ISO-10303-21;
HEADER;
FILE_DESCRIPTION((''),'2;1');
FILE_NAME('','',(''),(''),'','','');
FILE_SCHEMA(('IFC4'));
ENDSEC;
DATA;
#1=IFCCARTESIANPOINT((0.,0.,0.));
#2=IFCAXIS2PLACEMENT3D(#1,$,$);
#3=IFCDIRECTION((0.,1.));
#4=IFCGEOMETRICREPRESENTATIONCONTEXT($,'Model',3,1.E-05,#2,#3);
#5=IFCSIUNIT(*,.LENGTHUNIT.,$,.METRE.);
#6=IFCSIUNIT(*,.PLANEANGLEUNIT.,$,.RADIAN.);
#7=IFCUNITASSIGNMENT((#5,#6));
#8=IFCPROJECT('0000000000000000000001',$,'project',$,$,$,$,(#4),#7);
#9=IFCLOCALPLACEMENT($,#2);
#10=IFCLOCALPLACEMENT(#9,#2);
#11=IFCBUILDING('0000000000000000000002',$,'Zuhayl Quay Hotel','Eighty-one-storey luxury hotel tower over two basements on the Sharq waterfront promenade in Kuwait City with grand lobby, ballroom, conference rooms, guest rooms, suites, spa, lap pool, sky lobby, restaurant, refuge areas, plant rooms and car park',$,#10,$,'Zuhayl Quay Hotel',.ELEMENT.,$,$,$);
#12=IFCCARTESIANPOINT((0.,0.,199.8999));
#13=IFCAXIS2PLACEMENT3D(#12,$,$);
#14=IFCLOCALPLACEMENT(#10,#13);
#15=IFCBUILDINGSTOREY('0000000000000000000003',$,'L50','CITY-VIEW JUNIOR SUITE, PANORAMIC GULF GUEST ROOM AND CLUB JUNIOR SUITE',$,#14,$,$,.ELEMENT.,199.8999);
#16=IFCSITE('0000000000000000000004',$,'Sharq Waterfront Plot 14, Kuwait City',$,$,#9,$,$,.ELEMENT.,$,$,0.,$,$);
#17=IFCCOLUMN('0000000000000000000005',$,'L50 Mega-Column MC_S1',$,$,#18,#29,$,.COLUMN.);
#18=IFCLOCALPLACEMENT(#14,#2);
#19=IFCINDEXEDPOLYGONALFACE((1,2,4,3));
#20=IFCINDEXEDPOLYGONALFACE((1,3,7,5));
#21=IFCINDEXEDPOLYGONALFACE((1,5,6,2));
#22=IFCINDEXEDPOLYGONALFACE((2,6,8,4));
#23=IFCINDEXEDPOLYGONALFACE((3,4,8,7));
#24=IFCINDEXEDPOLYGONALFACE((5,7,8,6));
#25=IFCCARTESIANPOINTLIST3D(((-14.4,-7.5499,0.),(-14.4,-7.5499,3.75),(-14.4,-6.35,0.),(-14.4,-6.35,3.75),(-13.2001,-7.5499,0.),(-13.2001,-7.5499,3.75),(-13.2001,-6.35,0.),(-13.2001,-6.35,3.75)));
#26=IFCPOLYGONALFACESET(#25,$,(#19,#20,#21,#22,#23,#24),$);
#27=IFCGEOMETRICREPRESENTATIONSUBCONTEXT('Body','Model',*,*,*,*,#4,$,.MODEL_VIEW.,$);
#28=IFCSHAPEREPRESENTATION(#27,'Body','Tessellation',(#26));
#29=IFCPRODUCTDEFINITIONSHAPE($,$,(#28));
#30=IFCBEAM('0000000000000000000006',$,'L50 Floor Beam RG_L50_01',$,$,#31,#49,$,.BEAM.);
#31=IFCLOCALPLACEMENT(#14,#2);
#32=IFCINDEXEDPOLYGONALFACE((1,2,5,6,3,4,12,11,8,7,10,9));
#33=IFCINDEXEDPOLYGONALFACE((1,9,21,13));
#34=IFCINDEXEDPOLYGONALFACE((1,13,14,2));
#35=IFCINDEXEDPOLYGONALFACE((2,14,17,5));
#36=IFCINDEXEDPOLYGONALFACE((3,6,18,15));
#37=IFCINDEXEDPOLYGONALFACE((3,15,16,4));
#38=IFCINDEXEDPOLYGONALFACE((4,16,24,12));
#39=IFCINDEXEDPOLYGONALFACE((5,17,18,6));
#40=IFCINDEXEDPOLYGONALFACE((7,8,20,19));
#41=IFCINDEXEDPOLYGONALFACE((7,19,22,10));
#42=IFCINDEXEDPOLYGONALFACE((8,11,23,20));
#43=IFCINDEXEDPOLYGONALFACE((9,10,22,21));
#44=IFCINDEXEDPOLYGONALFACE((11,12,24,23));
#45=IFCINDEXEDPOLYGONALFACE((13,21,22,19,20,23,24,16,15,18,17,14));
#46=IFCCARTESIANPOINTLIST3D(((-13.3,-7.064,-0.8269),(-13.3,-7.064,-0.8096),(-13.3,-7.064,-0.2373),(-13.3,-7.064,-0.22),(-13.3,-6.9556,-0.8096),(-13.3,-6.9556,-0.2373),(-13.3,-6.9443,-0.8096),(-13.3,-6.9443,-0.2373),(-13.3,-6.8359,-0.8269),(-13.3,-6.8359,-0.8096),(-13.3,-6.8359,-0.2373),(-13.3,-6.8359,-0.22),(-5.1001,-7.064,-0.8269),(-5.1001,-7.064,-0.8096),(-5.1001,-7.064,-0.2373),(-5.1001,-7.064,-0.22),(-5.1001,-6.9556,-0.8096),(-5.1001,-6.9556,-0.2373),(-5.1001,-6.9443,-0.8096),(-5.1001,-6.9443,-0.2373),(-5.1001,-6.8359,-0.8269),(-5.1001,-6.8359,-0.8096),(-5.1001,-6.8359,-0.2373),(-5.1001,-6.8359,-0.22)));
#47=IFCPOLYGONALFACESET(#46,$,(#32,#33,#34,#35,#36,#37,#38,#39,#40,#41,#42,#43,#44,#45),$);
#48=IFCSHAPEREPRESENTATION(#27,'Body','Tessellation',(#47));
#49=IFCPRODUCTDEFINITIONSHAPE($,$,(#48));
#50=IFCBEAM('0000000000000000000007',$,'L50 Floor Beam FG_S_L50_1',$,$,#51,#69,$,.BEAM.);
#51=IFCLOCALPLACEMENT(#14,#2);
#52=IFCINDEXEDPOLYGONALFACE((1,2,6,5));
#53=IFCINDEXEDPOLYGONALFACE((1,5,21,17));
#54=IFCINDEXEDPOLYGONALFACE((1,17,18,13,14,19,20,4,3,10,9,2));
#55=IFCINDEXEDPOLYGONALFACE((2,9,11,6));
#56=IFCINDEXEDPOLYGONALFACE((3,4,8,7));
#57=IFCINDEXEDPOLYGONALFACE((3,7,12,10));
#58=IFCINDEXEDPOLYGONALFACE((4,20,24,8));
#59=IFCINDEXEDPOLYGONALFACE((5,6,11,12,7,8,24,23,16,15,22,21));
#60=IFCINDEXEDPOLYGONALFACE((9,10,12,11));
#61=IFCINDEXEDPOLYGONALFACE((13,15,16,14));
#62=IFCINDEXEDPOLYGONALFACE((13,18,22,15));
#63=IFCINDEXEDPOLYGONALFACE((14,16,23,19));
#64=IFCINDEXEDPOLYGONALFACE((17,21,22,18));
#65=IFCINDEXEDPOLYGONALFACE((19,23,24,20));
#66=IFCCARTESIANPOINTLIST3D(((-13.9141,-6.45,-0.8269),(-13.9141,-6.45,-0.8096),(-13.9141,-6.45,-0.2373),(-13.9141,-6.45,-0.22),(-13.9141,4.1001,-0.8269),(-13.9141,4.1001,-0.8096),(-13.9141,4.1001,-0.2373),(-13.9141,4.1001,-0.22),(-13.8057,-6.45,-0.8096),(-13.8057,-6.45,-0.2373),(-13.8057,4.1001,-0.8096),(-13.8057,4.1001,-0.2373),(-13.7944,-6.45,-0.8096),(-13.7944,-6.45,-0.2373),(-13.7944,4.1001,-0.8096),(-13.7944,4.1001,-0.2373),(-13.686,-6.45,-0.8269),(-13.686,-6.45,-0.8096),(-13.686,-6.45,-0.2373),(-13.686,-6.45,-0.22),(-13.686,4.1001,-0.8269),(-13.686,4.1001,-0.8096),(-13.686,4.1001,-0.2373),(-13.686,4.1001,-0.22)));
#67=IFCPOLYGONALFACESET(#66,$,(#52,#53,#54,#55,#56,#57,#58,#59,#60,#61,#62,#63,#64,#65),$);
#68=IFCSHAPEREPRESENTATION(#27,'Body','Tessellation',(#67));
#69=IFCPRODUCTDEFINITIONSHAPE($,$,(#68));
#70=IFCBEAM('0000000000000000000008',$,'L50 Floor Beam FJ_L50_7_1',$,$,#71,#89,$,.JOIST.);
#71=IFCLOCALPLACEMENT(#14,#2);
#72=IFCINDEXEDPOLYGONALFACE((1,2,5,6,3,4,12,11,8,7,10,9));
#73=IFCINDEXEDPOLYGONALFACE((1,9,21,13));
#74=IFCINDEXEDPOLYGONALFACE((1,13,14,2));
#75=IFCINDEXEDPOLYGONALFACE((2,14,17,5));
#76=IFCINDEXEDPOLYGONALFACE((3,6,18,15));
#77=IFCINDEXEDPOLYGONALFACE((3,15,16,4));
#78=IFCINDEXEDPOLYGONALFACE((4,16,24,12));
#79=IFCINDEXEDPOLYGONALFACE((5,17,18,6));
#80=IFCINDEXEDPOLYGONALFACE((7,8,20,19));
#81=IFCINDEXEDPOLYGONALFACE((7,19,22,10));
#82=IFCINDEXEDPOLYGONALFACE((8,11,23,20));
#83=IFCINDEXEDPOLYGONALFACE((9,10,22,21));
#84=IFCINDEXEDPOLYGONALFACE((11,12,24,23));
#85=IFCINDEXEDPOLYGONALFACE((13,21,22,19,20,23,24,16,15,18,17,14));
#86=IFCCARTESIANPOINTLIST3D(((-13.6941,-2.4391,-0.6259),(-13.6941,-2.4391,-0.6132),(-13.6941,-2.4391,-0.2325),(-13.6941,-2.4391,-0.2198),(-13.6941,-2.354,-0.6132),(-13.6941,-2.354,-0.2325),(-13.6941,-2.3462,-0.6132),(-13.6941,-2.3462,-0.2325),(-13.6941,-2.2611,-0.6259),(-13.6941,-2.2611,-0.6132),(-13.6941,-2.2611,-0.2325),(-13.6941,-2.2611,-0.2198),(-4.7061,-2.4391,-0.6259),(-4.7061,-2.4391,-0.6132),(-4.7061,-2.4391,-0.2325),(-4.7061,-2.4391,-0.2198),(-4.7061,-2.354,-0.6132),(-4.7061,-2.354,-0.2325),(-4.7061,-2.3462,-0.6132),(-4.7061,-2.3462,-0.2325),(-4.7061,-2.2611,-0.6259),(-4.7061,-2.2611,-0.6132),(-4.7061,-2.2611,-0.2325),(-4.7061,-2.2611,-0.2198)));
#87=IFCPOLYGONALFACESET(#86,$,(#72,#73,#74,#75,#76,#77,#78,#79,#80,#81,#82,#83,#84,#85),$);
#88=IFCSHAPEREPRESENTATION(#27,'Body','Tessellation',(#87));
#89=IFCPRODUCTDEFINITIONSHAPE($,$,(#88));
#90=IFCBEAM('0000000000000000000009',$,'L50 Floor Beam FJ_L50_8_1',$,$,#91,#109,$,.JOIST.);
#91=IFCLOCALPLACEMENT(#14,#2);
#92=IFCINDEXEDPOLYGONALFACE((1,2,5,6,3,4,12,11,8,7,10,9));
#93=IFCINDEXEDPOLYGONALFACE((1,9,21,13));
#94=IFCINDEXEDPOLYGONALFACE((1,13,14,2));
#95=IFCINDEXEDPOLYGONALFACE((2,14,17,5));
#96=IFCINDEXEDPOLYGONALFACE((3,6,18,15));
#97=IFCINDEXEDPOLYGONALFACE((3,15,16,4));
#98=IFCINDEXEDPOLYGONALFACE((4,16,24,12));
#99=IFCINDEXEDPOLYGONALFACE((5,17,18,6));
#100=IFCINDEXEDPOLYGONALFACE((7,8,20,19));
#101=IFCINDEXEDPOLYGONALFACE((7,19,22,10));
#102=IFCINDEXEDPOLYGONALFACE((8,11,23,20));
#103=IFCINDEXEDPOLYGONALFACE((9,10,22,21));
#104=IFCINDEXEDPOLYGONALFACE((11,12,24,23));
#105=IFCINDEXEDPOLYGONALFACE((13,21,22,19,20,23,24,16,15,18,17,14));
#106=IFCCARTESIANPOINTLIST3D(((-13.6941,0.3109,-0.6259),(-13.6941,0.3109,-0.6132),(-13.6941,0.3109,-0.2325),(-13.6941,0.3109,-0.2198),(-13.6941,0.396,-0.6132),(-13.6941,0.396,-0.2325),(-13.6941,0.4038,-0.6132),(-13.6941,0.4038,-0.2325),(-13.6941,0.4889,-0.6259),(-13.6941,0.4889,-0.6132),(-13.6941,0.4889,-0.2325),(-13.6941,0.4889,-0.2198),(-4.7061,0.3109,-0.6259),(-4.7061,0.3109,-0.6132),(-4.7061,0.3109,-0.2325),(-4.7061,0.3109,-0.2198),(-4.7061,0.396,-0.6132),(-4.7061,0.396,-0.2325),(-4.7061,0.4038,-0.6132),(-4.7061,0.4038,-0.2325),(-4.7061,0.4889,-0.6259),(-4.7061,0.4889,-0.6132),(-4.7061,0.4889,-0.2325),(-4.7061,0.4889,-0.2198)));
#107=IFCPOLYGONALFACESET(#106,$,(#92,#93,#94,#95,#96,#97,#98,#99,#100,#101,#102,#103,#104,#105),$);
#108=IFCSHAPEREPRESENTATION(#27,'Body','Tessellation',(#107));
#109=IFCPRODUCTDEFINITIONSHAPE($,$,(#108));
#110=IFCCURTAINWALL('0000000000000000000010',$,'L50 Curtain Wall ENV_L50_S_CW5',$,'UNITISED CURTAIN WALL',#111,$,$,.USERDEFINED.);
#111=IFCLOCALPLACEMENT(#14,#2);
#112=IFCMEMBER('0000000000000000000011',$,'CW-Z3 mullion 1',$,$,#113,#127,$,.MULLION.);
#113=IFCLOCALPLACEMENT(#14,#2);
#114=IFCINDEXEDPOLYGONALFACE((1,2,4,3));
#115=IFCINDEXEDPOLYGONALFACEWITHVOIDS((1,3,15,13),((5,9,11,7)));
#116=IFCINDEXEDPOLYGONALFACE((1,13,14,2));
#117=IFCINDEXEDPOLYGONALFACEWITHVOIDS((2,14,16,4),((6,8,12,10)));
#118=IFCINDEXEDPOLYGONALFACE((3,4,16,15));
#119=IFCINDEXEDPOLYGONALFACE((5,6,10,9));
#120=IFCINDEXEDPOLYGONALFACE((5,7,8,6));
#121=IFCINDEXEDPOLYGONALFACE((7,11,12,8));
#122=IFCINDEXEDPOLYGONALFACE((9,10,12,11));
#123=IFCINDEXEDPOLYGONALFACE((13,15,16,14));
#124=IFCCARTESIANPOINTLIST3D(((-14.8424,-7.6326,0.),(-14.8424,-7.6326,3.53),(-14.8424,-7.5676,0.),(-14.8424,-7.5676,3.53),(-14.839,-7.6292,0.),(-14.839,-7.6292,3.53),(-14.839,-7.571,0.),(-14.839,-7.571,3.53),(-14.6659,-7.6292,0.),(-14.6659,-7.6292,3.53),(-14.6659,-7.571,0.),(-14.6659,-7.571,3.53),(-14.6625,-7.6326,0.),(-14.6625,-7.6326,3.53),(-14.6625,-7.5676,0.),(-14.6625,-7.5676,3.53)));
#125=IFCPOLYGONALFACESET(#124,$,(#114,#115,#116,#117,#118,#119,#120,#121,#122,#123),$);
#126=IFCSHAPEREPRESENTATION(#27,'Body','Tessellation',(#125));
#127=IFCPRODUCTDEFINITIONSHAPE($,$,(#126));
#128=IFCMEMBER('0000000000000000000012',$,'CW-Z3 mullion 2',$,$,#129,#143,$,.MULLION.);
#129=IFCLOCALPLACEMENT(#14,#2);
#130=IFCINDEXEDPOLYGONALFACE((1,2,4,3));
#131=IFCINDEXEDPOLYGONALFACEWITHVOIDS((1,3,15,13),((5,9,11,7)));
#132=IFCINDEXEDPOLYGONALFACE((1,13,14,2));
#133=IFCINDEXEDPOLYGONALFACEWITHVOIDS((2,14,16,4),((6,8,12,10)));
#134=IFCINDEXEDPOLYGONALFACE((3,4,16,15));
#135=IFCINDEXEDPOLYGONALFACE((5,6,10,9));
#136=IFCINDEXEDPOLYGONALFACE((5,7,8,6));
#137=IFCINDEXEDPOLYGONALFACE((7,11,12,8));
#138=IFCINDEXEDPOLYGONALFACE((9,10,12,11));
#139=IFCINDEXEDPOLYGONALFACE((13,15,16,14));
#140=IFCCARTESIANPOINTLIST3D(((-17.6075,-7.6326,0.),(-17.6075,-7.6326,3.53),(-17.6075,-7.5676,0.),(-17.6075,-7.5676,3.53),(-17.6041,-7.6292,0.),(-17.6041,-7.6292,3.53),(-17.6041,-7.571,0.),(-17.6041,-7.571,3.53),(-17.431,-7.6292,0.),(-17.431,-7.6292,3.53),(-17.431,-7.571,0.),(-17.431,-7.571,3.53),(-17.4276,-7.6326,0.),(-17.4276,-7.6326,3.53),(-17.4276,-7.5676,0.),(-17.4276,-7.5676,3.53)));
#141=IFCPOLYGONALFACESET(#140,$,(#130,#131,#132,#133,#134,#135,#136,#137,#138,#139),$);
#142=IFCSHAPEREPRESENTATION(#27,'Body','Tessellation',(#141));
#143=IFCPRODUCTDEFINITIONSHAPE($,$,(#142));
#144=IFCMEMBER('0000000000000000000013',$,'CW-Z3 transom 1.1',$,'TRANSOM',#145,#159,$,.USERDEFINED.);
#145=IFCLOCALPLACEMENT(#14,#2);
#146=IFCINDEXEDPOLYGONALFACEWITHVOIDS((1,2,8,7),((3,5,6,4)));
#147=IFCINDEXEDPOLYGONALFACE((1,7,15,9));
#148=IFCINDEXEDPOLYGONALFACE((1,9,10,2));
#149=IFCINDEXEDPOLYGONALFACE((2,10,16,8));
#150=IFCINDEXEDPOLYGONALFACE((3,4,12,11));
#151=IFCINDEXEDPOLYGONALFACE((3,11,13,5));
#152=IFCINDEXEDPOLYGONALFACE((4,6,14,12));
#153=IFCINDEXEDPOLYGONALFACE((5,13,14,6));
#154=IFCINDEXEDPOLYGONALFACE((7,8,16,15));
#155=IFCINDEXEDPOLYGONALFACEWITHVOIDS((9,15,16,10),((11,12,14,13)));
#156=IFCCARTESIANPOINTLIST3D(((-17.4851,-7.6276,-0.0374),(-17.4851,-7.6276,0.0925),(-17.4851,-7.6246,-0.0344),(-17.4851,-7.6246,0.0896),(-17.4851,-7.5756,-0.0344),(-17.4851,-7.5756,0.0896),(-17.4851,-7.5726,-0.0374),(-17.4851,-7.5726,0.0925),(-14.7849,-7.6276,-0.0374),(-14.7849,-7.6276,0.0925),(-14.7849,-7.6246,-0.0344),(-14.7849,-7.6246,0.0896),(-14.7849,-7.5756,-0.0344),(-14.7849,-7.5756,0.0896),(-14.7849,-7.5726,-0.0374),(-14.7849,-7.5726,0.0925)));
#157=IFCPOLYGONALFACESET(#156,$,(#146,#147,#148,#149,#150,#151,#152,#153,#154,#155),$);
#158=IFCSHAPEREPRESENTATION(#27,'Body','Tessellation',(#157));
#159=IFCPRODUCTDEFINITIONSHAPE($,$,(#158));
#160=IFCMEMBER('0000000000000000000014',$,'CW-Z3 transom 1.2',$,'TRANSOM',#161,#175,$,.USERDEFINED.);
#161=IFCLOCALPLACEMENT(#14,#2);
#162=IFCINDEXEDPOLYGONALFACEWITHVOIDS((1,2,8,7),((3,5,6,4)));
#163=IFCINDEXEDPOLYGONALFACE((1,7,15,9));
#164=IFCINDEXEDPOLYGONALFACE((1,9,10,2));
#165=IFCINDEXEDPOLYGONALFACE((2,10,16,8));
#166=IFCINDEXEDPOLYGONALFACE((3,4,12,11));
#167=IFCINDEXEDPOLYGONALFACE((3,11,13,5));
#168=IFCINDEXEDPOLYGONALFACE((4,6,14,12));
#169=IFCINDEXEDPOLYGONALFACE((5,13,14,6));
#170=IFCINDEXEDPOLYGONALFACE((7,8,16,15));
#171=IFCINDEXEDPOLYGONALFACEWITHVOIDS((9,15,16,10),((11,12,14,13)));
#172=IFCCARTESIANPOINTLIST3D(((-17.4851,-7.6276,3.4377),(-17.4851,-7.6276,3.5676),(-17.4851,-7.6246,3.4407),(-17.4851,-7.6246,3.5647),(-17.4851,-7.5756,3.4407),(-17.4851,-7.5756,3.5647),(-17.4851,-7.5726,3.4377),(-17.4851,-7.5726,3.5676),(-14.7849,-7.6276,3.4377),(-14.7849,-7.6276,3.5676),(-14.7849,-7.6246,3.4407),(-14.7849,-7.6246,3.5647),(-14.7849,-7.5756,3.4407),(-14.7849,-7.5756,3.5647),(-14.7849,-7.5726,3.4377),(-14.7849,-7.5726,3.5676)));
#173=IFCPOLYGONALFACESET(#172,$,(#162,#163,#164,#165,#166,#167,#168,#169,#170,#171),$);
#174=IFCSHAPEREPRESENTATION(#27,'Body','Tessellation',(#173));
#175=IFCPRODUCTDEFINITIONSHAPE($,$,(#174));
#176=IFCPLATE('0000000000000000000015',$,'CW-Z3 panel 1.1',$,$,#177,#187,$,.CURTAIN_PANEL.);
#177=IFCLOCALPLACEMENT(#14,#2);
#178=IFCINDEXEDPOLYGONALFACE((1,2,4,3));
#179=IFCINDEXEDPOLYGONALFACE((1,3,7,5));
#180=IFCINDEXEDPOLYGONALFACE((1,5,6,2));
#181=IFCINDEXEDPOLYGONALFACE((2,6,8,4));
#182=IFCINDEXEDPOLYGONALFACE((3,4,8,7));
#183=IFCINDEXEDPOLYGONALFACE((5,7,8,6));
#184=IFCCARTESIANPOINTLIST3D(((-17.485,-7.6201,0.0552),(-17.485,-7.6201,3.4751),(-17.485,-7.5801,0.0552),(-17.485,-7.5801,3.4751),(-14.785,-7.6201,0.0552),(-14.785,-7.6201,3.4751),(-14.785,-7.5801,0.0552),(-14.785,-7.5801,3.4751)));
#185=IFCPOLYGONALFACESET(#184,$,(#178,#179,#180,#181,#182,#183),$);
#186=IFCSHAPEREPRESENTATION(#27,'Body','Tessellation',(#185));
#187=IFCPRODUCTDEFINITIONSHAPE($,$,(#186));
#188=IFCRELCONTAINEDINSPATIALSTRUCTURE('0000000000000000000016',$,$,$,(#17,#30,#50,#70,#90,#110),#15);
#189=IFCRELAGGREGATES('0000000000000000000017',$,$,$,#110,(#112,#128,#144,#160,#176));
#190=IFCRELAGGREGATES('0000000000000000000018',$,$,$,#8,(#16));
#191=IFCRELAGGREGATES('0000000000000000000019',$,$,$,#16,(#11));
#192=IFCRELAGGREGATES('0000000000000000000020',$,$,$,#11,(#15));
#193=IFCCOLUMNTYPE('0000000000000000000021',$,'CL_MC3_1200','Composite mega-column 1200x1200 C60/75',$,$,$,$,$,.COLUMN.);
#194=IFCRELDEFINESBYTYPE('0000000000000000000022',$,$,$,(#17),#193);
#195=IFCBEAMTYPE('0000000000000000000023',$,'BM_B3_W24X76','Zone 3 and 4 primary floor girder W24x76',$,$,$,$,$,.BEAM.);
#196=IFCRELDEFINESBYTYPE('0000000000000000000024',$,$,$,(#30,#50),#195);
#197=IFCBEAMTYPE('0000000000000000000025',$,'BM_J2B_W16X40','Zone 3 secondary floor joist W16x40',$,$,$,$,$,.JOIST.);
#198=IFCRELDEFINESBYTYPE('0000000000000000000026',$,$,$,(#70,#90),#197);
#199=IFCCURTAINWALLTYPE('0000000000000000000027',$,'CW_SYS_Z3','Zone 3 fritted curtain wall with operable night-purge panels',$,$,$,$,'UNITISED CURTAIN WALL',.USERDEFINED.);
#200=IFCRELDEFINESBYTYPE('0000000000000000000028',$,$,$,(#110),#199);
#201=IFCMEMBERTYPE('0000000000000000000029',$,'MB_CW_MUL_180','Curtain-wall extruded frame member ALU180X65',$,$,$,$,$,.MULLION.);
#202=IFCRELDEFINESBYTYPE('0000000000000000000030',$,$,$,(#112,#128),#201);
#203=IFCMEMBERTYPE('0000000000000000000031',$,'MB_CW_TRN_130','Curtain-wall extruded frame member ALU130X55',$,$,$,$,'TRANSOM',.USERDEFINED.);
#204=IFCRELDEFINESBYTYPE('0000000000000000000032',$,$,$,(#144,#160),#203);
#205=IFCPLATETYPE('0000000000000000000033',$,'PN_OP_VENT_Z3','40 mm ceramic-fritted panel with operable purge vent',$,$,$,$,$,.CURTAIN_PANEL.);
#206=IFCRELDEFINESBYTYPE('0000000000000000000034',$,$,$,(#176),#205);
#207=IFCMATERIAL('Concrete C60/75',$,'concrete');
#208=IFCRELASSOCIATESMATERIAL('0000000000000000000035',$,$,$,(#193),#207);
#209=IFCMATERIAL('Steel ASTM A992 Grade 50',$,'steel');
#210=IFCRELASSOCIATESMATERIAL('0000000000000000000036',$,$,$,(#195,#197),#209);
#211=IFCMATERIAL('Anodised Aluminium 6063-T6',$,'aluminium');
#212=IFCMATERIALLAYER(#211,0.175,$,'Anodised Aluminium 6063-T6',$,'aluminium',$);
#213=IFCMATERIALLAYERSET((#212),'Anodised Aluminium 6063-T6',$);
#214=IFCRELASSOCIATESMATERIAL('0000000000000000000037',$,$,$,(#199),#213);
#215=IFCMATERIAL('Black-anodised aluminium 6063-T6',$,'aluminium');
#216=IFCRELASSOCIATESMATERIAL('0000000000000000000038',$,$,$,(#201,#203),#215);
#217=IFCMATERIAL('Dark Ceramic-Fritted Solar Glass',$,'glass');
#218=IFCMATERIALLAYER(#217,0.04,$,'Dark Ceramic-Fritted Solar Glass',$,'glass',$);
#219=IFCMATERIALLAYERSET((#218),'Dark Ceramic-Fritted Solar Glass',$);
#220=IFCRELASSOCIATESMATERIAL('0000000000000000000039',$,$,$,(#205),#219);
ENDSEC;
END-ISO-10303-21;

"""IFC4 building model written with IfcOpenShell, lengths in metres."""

from ifc_helpers import new_model, si_unit, direction, frame, origin, origin_2d, place, context, subcontext, project, spatial, rectangle, hollow_rectangle, i_section, extrude, material, layer, layer_set, material_profile, profile_set, type_object, element, aggregate, save


model = new_model("IFC4")

# Units and contexts
model_context = context("Model", 3, precision=1e-05, world=origin(), true_north=direction((0.0, 1.0)))
body_context = subcontext(model_context, "Body", "Model", "MODEL_VIEW")
ifc_project = project(units=[si_unit("LENGTHUNIT", "METRE"), si_unit("PLANEANGLEUNIT", "RADIAN")], contexts=[model_context])

# Site, building, storey
site_placement = place(None, origin())
site = spatial("IfcSite", under=ifc_project, at=site_placement, Name="Sharq Waterfront Plot 14, Kuwait City", CompositionType="ELEMENT", RefElevation=0.0)
building_placement = place(site_placement, origin())
building = spatial("IfcBuilding", under=site, at=building_placement, Name="Zuhayl Quay Hotel", Description="Eighty-one-storey luxury hotel tower over two basements on the Sharq waterfront promenade in Kuwait City with grand lobby, ballroom, conference rooms, guest rooms, suites, spa, lap pool, sky lobby, restaurant, refuge areas, plant rooms and car park", LongName="Zuhayl Quay Hotel", CompositionType="ELEMENT")
storey_placement = place(building_placement, frame((0.0, 0.0, 199.8999)))
storey = spatial("IfcBuildingStorey", under=building, at=storey_placement, Name="L50", Description="CITY-VIEW JUNIOR SUITE, PANORAMIC GULF GUEST ROOM AND CLUB JUNIOR SUITE", CompositionType="ELEMENT", Elevation=199.8999)

# Column
ifc_material_1 = material(Name="Concrete C60/75", Category="concrete")
ifc_material_profile_1 = material_profile(ifc_material_1, rectangle(XDim=1.2, YDim=1.2, at=origin_2d()), Name="RC1200X1200")
ifc_profile_set_1 = profile_set([ifc_material_profile_1], Name="Concrete C60/75")
column_type = type_object("IfcColumnType", Name="CL_MC3_1200", Description="Composite mega-column 1200x1200 C60/75", PredefinedType="COLUMN", material=ifc_profile_set_1)
column_placement = place(storey_placement, frame((-13.8, -6.95, 0.0), z_axis=(0.0, 0.0, 1.0), x_axis=(1.0, 0.0, 0.0)))
element("IfcColumn", 1, at=column_placement, inside=storey, type_object=column_type, Name="L50 Mega-Column MC_S1", PredefinedType="COLUMN", context=body_context, shape_type="SweptSolid", body=[
    extrude(rectangle(XDim=1.2, YDim=1.2, at=origin_2d()), origin(), (0.0, 0.0, 1.0), 3.75),
])

# Beams
ifc_material_2 = material(Name="Steel ASTM A992 Grade 50", Category="steel")
ifc_material_profile_2 = material_profile(ifc_material_2, i_section(OverallWidth=0.228, OverallDepth=0.6069, WebThickness=0.0112, FlangeThickness=0.0173, at=origin_2d()), Name="W24X76")
ifc_profile_set_2 = profile_set([ifc_material_profile_2], Name="Steel ASTM A992 Grade 50")
beam_type_1 = type_object("IfcBeamType", Name="BM_B3_W24X76", Description="Zone 3 and 4 primary floor girder W24x76", PredefinedType="BEAM", material=ifc_profile_set_2)
beam_1_placement = place(storey_placement, frame((-13.3, -6.95, -0.5234), z_axis=(1.0, 0.0, 0.0), x_axis=(0.0, 1.0, 0.0)))
element("IfcBeam", 2, at=beam_1_placement, inside=storey, type_object=beam_type_1, Name="L50 Floor Beam RG_L50_01", PredefinedType="BEAM", context=body_context, shape_type="SweptSolid", body=[
    extrude(i_section(OverallWidth=0.228, OverallDepth=0.6069, WebThickness=0.0112, FlangeThickness=0.0173, at=origin_2d()), origin(), (0.0, 0.0, 1.0), 8.2),
])
beam_2_placement = place(storey_placement, frame((-13.8, -6.45, -0.5234), z_axis=(0.0, 1.0, 0.0), x_axis=(-1.0, 0.0, 0.0)))
element("IfcBeam", 3, at=beam_2_placement, inside=storey, type_object=beam_type_1, Name="L50 Floor Beam FG_S_L50_1", PredefinedType="BEAM", context=body_context, shape_type="SweptSolid", body=[
    extrude(i_section(OverallWidth=0.228, OverallDepth=0.6069, WebThickness=0.0112, FlangeThickness=0.0173, at=origin_2d()), origin(), (0.0, 0.0, 1.0), 10.55),
])
ifc_material_profile_3 = material_profile(ifc_material_2, i_section(OverallWidth=0.178, OverallDepth=0.406, WebThickness=0.0078, FlangeThickness=0.0127, at=origin_2d()), Name="W16X40")
ifc_profile_set_3 = profile_set([ifc_material_profile_3], Name="Steel ASTM A992 Grade 50")
beam_type_2 = type_object("IfcBeamType", Name="BM_J2B_W16X40", Description="Zone 3 secondary floor joist W16x40", PredefinedType="JOIST", material=ifc_profile_set_3)
for number, where, z_axis, x_axis, name in (
    (4, (-13.6941, -2.3501, -0.4229), (1.0, 0.0, 0.0), (0.0, 1.0, 0.0), "L50 Floor Beam FJ_L50_7_1"),
    (5, (-13.6941, 0.3999, -0.4229), (1.0, 0.0, 0.0), (0.0, 1.0, 0.0), "L50 Floor Beam FJ_L50_8_1"),
):
    element("IfcBeam", number, at=place(storey_placement, frame(where, z_axis=z_axis, x_axis=x_axis)), inside=storey, type_object=beam_type_2, Name=name, PredefinedType="JOIST", context=body_context, shape_type="SweptSolid", body=[
        extrude(i_section(OverallWidth=0.178, OverallDepth=0.406, WebThickness=0.0078, FlangeThickness=0.0127, at=origin_2d()), origin(), (0.0, 0.0, 1.0), 8.988),
    ])

# Curtain wall, members, plate
ifc_material_3 = material(Name="Anodised Aluminium 6063-T6", Category="aluminium")
ifc_layer_1 = layer(ifc_material_3, 0.175, Name="Anodised Aluminium 6063-T6", Category="aluminium")
ifc_layer_set_1 = layer_set([ifc_layer_1], Name="Anodised Aluminium 6063-T6")
curtain_wall_type = type_object("IfcCurtainWallType", Name="CW_SYS_Z3", Description="Zone 3 fritted curtain wall with operable night-purge panels", ElementType="UNITISED CURTAIN WALL", PredefinedType="USERDEFINED", material=ifc_layer_set_1)
curtain_wall_placement = place(storey_placement, origin())
curtain_wall = element("IfcCurtainWall", 6, at=curtain_wall_placement, inside=storey, type_object=curtain_wall_type, Name="L50 Curtain Wall ENV_L50_S_CW5", ObjectType="UNITISED CURTAIN WALL", PredefinedType="USERDEFINED")
ifc_material_4 = material(Name="Black-anodised aluminium 6063-T6", Category="aluminium")
ifc_material_profile_4 = material_profile(ifc_material_4, hollow_rectangle(XDim=0.0649, YDim=0.1799, WallThickness=0.0034, at=origin_2d()), Name="ALU180X65")
ifc_profile_set_4 = profile_set([ifc_material_profile_4], Name="Black-anodised aluminium 6063-T6")
member_type_1 = type_object("IfcMemberType", Name="MB_CW_MUL_180", Description="Curtain-wall extruded frame member ALU180X65", PredefinedType="MULLION", material=ifc_profile_set_4)
member_1_placement = place(storey_placement, frame((-14.7524, -7.6001, 0.0), z_axis=(0.0, 0.0, 1.0), x_axis=(0.0, -1.0, 0.0)))
member_1 = element("IfcMember", 7, at=member_1_placement, type_object=member_type_1, Name="CW-Z3 mullion 1", PredefinedType="MULLION", context=body_context, shape_type="SweptSolid", body=[
    extrude(hollow_rectangle(XDim=0.0649, YDim=0.1799, WallThickness=0.0034, at=origin_2d()), origin(), (0.0, 0.0, 1.0), 3.53),
])
member_2_placement = place(storey_placement, frame((-17.5176, -7.6001, 0.0), z_axis=(0.0, 0.0, 1.0), x_axis=(0.0, -1.0, 0.0)))
member_2 = element("IfcMember", 8, at=member_2_placement, type_object=member_type_1, Name="CW-Z3 mullion 2", PredefinedType="MULLION", context=body_context, shape_type="SweptSolid", body=[
    extrude(hollow_rectangle(XDim=0.0649, YDim=0.1799, WallThickness=0.0034, at=origin_2d()), origin(), (0.0, 0.0, 1.0), 3.53),
])
ifc_material_profile_5 = material_profile(ifc_material_4, hollow_rectangle(XDim=0.0549, YDim=0.1299, WallThickness=0.0029, at=origin_2d()), Name="ALU130X55")
ifc_profile_set_5 = profile_set([ifc_material_profile_5], Name="Black-anodised aluminium 6063-T6")
member_type_2 = type_object("IfcMemberType", Name="MB_CW_TRN_130", Description="Curtain-wall extruded frame member ALU130X55", ElementType="TRANSOM", PredefinedType="USERDEFINED", material=ifc_profile_set_5)
member_3_placement = place(storey_placement, frame((-14.7849, -7.6001, 0.0276), z_axis=(-1.0, 0.0, 0.0), x_axis=(0.0, -1.0, 0.0)))
member_3 = element("IfcMember", 9, at=member_3_placement, type_object=member_type_2, Name="CW-Z3 transom 1.1", ObjectType="TRANSOM", PredefinedType="USERDEFINED", context=body_context, shape_type="SweptSolid", body=[
    extrude(hollow_rectangle(XDim=0.0549, YDim=0.1299, WallThickness=0.0029, at=origin_2d()), origin(), (0.0, 0.0, 1.0), 2.7002),
])
member_4_placement = place(storey_placement, frame((-14.7849, -7.6001, 3.5027), z_axis=(-1.0, 0.0, 0.0), x_axis=(0.0, -1.0, 0.0)))
member_4 = element("IfcMember", 10, at=member_4_placement, type_object=member_type_2, Name="CW-Z3 transom 1.2", ObjectType="TRANSOM", PredefinedType="USERDEFINED", context=body_context, shape_type="SweptSolid", body=[
    extrude(hollow_rectangle(XDim=0.0549, YDim=0.1299, WallThickness=0.0029, at=origin_2d()), origin(), (0.0, 0.0, 1.0), 2.7002),
])
ifc_material_5 = material(Name="Dark Ceramic-Fritted Solar Glass", Category="glass")
ifc_layer_2 = layer(ifc_material_5, 0.04, Name="Dark Ceramic-Fritted Solar Glass", Category="glass")
ifc_layer_set_2 = layer_set([ifc_layer_2], Name="Dark Ceramic-Fritted Solar Glass")
plate_type = type_object("IfcPlateType", Name="PN_OP_VENT_Z3", Description="40 mm ceramic-fritted panel with operable purge vent", PredefinedType="CURTAIN_PANEL", material=ifc_layer_set_2)
plate_placement = place(storey_placement, frame((-16.135, -7.6001, 0.0552), z_axis=(0.0, 0.0, 1.0), x_axis=(-1.0, 0.0, 0.0)))
plate = element("IfcPlate", 11, at=plate_placement, type_object=plate_type, Name="CW-Z3 panel 1.1", PredefinedType="CURTAIN_PANEL", context=body_context, shape_type="SweptSolid", body=[
    extrude(rectangle(XDim=2.7, YDim=0.04, at=origin_2d()), origin(), (0.0, 0.0, 1.0), 3.4199),
])
aggregate(curtain_wall, [member_1, member_2, member_3, member_4, plate])

save(model, "model.ifc")
